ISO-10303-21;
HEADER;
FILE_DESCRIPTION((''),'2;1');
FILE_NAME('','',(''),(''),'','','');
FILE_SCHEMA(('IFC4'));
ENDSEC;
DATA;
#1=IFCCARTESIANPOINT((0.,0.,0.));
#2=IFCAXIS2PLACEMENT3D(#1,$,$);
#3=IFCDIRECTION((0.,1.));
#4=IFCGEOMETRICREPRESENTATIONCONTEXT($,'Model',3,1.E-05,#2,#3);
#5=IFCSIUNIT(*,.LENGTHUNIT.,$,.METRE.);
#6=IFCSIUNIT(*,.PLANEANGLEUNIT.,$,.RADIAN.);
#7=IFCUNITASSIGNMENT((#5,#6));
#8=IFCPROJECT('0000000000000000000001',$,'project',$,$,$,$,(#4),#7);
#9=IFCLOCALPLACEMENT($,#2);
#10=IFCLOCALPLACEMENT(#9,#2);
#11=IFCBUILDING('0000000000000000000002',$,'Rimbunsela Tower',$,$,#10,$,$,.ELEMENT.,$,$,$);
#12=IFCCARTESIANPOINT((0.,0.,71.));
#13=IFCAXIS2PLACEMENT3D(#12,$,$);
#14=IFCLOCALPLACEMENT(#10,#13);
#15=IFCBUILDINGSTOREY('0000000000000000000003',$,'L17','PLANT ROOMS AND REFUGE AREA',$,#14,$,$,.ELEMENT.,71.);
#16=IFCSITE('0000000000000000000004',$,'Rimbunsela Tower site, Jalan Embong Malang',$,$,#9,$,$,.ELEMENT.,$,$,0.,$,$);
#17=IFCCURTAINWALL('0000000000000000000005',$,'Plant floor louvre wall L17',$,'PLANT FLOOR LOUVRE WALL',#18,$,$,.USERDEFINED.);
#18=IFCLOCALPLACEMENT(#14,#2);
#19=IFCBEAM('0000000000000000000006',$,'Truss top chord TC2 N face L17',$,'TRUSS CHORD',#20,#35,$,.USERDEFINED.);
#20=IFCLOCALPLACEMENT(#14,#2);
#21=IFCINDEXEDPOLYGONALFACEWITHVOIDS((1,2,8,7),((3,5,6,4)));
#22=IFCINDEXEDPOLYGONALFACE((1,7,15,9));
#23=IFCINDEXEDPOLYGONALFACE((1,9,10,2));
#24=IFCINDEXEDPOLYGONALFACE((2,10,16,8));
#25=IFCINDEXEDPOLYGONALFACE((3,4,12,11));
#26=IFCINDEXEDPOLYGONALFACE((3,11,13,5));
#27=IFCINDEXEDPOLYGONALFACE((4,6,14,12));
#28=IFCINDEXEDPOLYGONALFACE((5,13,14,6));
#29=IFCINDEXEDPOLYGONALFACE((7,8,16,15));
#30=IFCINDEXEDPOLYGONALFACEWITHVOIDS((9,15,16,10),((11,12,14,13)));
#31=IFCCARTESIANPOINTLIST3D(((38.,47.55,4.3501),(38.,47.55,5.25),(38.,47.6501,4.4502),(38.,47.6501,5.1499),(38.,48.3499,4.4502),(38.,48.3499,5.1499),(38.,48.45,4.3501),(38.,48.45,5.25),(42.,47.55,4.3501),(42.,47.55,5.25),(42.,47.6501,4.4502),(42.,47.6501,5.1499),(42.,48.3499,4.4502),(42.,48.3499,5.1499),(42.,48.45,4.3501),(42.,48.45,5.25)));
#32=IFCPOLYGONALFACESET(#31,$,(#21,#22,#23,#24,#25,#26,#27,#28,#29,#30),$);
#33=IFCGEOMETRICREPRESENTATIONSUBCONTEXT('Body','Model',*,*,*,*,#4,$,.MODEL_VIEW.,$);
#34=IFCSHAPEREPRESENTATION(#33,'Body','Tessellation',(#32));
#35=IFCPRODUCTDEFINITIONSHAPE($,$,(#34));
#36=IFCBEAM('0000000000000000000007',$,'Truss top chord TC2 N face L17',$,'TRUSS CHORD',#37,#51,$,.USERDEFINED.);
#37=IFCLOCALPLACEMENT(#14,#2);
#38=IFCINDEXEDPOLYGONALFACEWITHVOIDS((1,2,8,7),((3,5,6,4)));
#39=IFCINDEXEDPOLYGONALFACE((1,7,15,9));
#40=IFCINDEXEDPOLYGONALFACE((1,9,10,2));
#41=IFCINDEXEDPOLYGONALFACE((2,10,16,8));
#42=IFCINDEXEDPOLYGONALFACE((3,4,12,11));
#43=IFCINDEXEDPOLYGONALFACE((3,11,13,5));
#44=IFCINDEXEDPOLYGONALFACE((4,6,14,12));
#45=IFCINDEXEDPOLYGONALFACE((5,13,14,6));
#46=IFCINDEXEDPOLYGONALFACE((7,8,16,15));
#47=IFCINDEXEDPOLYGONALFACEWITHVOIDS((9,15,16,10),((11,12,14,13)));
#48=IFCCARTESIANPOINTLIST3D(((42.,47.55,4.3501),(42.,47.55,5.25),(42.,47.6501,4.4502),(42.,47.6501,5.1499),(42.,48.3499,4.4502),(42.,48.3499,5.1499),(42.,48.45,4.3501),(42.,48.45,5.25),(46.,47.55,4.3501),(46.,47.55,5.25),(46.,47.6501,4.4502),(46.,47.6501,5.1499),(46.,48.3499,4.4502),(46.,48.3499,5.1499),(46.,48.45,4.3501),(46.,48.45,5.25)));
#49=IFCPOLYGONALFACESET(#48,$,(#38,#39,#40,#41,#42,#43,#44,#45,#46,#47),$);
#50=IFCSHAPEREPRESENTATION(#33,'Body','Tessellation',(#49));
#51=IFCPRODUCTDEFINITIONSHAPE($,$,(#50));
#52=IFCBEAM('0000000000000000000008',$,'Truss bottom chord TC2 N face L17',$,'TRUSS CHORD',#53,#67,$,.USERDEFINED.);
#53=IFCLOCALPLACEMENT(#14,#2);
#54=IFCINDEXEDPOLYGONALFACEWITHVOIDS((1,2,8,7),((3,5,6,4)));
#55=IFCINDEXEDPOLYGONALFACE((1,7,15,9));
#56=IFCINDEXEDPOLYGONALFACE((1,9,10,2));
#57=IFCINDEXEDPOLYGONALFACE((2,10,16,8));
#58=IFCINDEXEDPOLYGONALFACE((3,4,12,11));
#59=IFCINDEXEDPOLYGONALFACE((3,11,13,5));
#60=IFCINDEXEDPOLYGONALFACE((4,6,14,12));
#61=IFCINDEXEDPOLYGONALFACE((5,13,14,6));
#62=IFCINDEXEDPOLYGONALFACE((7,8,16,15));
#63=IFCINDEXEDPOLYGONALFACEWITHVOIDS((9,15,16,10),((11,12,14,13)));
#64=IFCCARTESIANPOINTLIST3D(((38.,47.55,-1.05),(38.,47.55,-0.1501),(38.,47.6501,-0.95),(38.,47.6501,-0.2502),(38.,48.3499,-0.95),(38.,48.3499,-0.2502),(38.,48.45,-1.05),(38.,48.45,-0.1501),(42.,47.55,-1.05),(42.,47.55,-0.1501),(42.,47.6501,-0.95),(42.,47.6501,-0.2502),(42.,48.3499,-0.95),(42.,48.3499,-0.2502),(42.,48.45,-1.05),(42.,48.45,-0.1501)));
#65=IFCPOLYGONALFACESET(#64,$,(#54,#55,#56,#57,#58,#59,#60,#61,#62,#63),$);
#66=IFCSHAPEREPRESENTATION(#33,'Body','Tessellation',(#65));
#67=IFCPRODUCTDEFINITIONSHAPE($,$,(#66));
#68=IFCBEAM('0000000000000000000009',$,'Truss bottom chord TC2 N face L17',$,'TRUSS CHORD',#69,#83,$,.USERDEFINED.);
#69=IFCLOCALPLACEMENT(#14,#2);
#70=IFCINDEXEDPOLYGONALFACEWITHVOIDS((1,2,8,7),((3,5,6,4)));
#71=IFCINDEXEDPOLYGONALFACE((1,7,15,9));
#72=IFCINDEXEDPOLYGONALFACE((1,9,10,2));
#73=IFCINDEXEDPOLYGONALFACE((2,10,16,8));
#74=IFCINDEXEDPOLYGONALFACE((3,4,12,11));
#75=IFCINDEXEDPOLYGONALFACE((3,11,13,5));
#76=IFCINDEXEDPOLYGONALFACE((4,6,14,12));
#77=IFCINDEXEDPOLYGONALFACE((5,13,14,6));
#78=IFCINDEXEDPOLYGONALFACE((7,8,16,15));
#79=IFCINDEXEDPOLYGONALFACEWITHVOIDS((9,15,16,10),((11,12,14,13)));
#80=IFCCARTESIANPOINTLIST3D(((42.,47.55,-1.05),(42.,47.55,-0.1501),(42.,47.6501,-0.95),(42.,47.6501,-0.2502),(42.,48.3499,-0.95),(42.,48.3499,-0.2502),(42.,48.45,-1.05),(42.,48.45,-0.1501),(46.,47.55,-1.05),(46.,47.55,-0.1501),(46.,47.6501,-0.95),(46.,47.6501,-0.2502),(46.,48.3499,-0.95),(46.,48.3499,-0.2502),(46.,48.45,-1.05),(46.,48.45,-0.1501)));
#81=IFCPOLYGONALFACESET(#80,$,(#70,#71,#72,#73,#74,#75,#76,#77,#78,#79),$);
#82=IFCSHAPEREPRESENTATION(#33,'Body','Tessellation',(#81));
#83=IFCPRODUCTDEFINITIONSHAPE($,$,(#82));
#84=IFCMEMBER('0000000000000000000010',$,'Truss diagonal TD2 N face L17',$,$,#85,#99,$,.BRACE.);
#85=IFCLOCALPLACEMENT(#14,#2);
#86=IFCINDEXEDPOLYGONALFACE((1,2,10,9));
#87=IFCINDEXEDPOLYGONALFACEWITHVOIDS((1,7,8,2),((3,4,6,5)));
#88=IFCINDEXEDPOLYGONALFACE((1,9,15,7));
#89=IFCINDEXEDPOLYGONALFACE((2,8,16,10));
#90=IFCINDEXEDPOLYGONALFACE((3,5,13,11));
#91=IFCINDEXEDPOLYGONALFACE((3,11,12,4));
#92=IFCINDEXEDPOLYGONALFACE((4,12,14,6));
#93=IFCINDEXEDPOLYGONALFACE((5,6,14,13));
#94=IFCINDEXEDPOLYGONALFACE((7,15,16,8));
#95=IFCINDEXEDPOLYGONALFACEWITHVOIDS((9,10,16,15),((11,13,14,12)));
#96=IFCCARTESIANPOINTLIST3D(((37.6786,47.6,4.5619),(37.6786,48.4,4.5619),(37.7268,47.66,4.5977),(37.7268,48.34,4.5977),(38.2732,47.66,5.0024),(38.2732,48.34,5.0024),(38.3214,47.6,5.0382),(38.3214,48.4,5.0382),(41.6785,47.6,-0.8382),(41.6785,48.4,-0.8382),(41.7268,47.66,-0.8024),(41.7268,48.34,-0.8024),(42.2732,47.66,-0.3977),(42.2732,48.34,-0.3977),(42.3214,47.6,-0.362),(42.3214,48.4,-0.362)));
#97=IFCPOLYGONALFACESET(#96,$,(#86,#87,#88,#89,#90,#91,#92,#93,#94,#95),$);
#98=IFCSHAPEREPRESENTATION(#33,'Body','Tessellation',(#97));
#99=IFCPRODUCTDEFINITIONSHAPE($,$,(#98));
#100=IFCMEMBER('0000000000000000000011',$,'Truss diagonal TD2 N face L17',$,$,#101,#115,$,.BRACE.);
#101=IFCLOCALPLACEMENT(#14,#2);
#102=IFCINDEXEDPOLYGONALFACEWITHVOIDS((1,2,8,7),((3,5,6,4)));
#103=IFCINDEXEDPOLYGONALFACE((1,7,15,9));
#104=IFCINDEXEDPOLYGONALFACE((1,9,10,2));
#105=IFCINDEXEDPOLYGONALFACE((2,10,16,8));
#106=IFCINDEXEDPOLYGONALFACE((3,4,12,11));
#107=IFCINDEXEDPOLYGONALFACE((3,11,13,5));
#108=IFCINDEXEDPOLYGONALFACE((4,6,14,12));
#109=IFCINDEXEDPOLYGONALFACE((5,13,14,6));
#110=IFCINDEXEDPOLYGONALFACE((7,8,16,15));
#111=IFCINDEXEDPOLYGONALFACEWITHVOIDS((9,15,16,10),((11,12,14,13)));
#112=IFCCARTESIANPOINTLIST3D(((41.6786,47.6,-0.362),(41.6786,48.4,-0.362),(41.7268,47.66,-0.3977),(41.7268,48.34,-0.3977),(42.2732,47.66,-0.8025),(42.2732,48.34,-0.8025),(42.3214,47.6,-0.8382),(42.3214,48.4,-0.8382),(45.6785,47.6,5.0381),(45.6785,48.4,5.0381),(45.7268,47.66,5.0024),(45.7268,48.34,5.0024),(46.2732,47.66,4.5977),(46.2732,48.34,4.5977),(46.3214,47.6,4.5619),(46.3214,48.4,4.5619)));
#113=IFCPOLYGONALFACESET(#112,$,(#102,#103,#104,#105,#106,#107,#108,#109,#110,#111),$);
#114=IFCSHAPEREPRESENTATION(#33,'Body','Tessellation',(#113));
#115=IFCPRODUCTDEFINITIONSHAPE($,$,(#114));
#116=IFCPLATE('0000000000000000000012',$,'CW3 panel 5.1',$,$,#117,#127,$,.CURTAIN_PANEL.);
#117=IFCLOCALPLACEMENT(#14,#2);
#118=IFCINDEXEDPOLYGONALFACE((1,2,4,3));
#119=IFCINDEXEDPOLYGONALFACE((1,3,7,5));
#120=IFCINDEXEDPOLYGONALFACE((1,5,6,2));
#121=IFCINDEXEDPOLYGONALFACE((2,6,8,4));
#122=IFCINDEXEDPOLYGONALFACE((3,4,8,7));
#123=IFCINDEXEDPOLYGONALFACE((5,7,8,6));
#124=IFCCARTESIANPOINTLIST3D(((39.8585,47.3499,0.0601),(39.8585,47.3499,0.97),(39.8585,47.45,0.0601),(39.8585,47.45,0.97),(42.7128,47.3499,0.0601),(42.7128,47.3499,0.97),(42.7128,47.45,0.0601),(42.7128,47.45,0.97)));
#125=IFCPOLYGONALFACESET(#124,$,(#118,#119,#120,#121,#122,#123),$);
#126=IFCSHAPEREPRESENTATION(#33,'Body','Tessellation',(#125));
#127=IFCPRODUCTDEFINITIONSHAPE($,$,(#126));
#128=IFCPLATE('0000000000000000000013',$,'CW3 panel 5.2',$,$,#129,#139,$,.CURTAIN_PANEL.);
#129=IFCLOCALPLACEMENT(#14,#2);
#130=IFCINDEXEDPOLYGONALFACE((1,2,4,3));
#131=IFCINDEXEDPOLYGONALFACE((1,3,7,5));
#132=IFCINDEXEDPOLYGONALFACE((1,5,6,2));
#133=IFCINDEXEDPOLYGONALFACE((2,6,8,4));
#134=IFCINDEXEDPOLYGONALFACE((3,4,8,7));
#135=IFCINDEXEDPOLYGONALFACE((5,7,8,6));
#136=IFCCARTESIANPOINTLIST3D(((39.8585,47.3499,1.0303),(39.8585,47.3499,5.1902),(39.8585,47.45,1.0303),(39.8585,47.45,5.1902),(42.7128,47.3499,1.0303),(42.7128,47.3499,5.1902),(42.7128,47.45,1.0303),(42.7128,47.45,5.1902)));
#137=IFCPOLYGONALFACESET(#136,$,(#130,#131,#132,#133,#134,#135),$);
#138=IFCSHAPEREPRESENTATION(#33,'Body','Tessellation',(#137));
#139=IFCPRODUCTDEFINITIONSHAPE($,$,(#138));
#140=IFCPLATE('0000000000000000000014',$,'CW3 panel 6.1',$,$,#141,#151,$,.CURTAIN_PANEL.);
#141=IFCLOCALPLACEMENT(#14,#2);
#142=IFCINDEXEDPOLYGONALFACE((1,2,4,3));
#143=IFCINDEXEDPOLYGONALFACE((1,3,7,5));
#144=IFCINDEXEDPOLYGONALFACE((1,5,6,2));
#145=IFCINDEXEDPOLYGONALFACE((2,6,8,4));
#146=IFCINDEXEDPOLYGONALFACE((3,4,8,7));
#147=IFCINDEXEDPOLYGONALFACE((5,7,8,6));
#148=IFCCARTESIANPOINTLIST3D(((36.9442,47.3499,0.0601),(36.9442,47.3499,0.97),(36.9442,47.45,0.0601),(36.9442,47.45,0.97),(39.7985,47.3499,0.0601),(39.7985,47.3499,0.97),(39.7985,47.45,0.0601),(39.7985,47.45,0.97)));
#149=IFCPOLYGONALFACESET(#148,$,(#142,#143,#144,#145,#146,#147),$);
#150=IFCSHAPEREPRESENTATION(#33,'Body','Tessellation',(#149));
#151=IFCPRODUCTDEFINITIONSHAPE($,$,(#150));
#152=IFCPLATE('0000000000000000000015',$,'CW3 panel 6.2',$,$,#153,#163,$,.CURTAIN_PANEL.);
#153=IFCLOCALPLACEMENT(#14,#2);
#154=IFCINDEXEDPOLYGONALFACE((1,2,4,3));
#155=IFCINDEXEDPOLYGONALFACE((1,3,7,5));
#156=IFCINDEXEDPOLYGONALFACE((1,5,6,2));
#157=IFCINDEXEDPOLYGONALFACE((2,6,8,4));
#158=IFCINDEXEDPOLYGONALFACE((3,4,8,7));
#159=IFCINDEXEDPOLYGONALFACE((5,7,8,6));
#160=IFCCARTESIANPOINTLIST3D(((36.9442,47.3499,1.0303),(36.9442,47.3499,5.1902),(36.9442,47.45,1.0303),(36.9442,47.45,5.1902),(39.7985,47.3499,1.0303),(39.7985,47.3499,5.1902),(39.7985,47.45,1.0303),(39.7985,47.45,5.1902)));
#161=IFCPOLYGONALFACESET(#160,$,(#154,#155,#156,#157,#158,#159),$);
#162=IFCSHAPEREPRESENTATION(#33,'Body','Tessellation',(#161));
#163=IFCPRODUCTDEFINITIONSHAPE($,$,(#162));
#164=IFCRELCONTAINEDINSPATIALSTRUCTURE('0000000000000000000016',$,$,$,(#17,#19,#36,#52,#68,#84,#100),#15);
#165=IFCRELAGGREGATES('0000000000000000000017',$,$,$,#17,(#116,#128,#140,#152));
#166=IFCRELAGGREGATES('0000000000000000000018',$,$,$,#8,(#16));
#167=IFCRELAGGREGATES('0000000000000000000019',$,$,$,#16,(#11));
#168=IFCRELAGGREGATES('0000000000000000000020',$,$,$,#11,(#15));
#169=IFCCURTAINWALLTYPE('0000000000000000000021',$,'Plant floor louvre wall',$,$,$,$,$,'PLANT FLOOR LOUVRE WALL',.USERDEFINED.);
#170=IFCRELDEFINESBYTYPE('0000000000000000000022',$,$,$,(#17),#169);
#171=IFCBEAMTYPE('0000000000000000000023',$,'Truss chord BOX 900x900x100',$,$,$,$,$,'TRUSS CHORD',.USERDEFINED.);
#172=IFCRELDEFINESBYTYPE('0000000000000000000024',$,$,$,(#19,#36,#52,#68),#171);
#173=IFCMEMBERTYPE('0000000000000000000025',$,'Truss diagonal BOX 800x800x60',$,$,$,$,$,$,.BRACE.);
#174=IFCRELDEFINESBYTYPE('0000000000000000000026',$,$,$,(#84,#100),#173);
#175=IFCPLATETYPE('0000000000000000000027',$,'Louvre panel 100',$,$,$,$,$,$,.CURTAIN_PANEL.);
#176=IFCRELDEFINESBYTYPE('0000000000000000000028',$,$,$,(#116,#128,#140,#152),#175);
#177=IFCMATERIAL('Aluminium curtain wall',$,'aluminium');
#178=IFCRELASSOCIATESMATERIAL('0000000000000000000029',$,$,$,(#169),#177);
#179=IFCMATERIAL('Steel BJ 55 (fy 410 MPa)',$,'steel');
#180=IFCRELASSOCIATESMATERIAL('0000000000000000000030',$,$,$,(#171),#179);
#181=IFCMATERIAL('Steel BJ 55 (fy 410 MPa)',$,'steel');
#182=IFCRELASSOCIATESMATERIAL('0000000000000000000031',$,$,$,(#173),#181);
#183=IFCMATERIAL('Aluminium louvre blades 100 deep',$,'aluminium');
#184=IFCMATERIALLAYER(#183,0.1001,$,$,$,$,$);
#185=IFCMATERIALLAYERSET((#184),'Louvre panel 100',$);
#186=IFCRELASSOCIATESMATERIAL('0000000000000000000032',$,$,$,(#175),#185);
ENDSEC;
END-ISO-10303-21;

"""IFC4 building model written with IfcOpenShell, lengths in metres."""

from ifc_helpers import new_model, si_unit, direction, frame, origin, origin_2d, place, context, subcontext, project, spatial, rectangle, hollow_rectangle, extrude, material, layer, layer_set, material_profile, profile_set, type_object, element, aggregate, save


model = new_model("IFC4")

# Units and contexts
model_context = context("Model", 3, precision=1e-05, world=origin(), true_north=direction((0.0, 1.0)))
body_context = subcontext(model_context, "Body", "Model", "MODEL_VIEW")
ifc_project = project(units=[si_unit("LENGTHUNIT", "METRE"), si_unit("PLANEANGLEUNIT", "RADIAN")], contexts=[model_context])

# Site, building, storey
site_placement = place(None, origin())
site = spatial("IfcSite", under=ifc_project, at=site_placement, Name="Rimbunsela Tower site, Jalan Embong Malang", CompositionType="ELEMENT", RefElevation=0.0)
building_placement = place(site_placement, origin())
building = spatial("IfcBuilding", under=site, at=building_placement, Name="Rimbunsela Tower", CompositionType="ELEMENT")
storey_placement = place(building_placement, frame((0.0, 0.0, 71.0)))
storey = spatial("IfcBuildingStorey", under=building, at=storey_placement, Name="L17", Description="PLANT ROOMS AND REFUGE AREA", CompositionType="ELEMENT", Elevation=71.0)

# Curtain wall
ifc_material_1 = material(Name="Aluminium curtain wall", Category="aluminium")
curtain_wall_type = type_object("IfcCurtainWallType", Name="Plant floor louvre wall", ElementType="PLANT FLOOR LOUVRE WALL", PredefinedType="USERDEFINED", material=ifc_material_1)
curtain_wall_placement = place(storey_placement, origin())
curtain_wall = element("IfcCurtainWall", 1, at=curtain_wall_placement, inside=storey, type_object=curtain_wall_type, Name="Plant floor louvre wall L17", ObjectType="PLANT FLOOR LOUVRE WALL", PredefinedType="USERDEFINED")

# Beams
ifc_material_2 = material(Name="Steel BJ 55 (fy 410 MPa)", Category="steel")
ifc_material_profile_1 = material_profile(ifc_material_2, hollow_rectangle(XDim=0.8999, YDim=0.8999, WallThickness=0.1001, at=origin_2d()), Name="BOX 900x900x100")
ifc_profile_set_1 = profile_set([ifc_material_profile_1], Name="Steel BJ 55 (fy 410 MPa)")
beam_type_1 = type_object("IfcBeamType", Name="Truss chord BOX 900x900x100", ElementType="TRUSS CHORD", PredefinedType="USERDEFINED", material=ifc_profile_set_1)
for number, where, z_axis, x_axis, name in (
    (2, (38.0, 48.0, 4.8), (1.0, 0.0, 0.0), (0.0, 1.0, 0.0), "Truss top chord TC2 N face L17"),
    (3, (42.0, 48.0, 4.8), (1.0, 0.0, 0.0), (0.0, 1.0, 0.0), "Truss top chord TC2 N face L17"),
    (4, (38.0, 48.0, -0.6001), (1.0, 0.0, 0.0), (0.0, 1.0, 0.0), "Truss bottom chord TC2 N face L17"),
    (5, (42.0, 48.0, -0.6001), (1.0, 0.0, 0.0), (0.0, 1.0, 0.0), "Truss bottom chord TC2 N face L17"),
):
    element("IfcBeam", number, at=place(storey_placement, frame(where, z_axis=z_axis, x_axis=x_axis)), inside=storey, type_object=beam_type_1, Name=name, ObjectType="TRUSS CHORD", PredefinedType="USERDEFINED", context=body_context, shape_type="SweptSolid", body=[
        extrude(hollow_rectangle(XDim=0.8999, YDim=0.8999, WallThickness=0.1001, at=origin_2d()), origin(), (0.0, 0.0, 1.0), 4.0),
    ])

# Members
ifc_material_3 = material(Name="Steel BJ 55 (fy 410 MPa)", Category="steel")
ifc_material_profile_2 = material_profile(ifc_material_3, hollow_rectangle(XDim=0.8, YDim=0.8, WallThickness=0.0601, at=origin_2d()), Name="BOX 800x800x60")
ifc_profile_set_2 = profile_set([ifc_material_profile_2], Name="Steel BJ 55 (fy 410 MPa)")
member_type_1 = type_object("IfcMemberType", Name="Truss diagonal BOX 800x800x60", PredefinedType="BRACE", material=ifc_profile_set_2)
for number, where, z_axis, x_axis, name in (
    (6, (38.0, 48.0, 4.8), (0.595217, 0.0, -0.803565), (0.0, 1.0, 0.0), "Truss diagonal TD2 N face L17"),
    (7, (42.0, 48.0, -0.6001), (0.595217, 0.0, 0.803565), (0.0, 1.0, 0.0), "Truss diagonal TD2 N face L17"),
):
    element("IfcMember", number, at=place(storey_placement, frame(where, z_axis=z_axis, x_axis=x_axis)), inside=storey, type_object=member_type_1, Name=name, PredefinedType="BRACE", context=body_context, shape_type="SweptSolid", body=[
        extrude(hollow_rectangle(XDim=0.8, YDim=0.8, WallThickness=0.0601, at=origin_2d()), origin(), (0.0, 0.0, 1.0), 6.7202),
    ])

# Plates
ifc_material_4 = material(Name="Aluminium louvre blades 100 deep", Category="aluminium")
ifc_layer = layer(ifc_material_4, 0.1001)
ifc_layer_set = layer_set([ifc_layer], Name="Louvre panel 100")
plate_type = type_object("IfcPlateType", Name="Louvre panel 100", PredefinedType="CURTAIN_PANEL", material=ifc_layer_set)
plate_1_placement = place(storey_placement, frame((41.2856, 47.3999, 0.0601), z_axis=(0.0, 0.0, 1.0), x_axis=(-1.0, 0.0, 0.0)))
plate_1 = element("IfcPlate", 8, at=plate_1_placement, type_object=plate_type, Name="CW3 panel 5.1", PredefinedType="CURTAIN_PANEL", context=body_context, shape_type="SweptSolid", body=[
    extrude(rectangle(XDim=2.8542, YDim=0.1001, at=origin_2d()), origin(), (0.0, 0.0, 1.0), 0.9099),
])
plate_2_placement = place(storey_placement, frame((41.2856, 47.3999, 1.0303), z_axis=(0.0, 0.0, 1.0), x_axis=(-1.0, 0.0, 0.0)))
plate_2 = element("IfcPlate", 9, at=plate_2_placement, type_object=plate_type, Name="CW3 panel 5.2", PredefinedType="CURTAIN_PANEL", context=body_context, shape_type="SweptSolid", body=[
    extrude(rectangle(XDim=2.8542, YDim=0.1001, at=origin_2d()), origin(), (0.0, 0.0, 1.0), 4.1599),
])
plate_3_placement = place(storey_placement, frame((38.3713, 47.3999, 0.0601), z_axis=(0.0, 0.0, 1.0), x_axis=(-1.0, 0.0, 0.0)))
plate_3 = element("IfcPlate", 10, at=plate_3_placement, type_object=plate_type, Name="CW3 panel 6.1", PredefinedType="CURTAIN_PANEL", context=body_context, shape_type="SweptSolid", body=[
    extrude(rectangle(XDim=2.8542, YDim=0.1001, at=origin_2d()), origin(), (0.0, 0.0, 1.0), 0.9099),
])
plate_4_placement = place(storey_placement, frame((38.3713, 47.3999, 1.0303), z_axis=(0.0, 0.0, 1.0), x_axis=(-1.0, 0.0, 0.0)))
plate_4 = element("IfcPlate", 11, at=plate_4_placement, type_object=plate_type, Name="CW3 panel 6.2", PredefinedType="CURTAIN_PANEL", context=body_context, shape_type="SweptSolid", body=[
    extrude(rectangle(XDim=2.8542, YDim=0.1001, at=origin_2d()), origin(), (0.0, 0.0, 1.0), 4.1599),
])
aggregate(curtain_wall, [plate_1, plate_2, plate_3, plate_4])

save(model, "model.ifc")
